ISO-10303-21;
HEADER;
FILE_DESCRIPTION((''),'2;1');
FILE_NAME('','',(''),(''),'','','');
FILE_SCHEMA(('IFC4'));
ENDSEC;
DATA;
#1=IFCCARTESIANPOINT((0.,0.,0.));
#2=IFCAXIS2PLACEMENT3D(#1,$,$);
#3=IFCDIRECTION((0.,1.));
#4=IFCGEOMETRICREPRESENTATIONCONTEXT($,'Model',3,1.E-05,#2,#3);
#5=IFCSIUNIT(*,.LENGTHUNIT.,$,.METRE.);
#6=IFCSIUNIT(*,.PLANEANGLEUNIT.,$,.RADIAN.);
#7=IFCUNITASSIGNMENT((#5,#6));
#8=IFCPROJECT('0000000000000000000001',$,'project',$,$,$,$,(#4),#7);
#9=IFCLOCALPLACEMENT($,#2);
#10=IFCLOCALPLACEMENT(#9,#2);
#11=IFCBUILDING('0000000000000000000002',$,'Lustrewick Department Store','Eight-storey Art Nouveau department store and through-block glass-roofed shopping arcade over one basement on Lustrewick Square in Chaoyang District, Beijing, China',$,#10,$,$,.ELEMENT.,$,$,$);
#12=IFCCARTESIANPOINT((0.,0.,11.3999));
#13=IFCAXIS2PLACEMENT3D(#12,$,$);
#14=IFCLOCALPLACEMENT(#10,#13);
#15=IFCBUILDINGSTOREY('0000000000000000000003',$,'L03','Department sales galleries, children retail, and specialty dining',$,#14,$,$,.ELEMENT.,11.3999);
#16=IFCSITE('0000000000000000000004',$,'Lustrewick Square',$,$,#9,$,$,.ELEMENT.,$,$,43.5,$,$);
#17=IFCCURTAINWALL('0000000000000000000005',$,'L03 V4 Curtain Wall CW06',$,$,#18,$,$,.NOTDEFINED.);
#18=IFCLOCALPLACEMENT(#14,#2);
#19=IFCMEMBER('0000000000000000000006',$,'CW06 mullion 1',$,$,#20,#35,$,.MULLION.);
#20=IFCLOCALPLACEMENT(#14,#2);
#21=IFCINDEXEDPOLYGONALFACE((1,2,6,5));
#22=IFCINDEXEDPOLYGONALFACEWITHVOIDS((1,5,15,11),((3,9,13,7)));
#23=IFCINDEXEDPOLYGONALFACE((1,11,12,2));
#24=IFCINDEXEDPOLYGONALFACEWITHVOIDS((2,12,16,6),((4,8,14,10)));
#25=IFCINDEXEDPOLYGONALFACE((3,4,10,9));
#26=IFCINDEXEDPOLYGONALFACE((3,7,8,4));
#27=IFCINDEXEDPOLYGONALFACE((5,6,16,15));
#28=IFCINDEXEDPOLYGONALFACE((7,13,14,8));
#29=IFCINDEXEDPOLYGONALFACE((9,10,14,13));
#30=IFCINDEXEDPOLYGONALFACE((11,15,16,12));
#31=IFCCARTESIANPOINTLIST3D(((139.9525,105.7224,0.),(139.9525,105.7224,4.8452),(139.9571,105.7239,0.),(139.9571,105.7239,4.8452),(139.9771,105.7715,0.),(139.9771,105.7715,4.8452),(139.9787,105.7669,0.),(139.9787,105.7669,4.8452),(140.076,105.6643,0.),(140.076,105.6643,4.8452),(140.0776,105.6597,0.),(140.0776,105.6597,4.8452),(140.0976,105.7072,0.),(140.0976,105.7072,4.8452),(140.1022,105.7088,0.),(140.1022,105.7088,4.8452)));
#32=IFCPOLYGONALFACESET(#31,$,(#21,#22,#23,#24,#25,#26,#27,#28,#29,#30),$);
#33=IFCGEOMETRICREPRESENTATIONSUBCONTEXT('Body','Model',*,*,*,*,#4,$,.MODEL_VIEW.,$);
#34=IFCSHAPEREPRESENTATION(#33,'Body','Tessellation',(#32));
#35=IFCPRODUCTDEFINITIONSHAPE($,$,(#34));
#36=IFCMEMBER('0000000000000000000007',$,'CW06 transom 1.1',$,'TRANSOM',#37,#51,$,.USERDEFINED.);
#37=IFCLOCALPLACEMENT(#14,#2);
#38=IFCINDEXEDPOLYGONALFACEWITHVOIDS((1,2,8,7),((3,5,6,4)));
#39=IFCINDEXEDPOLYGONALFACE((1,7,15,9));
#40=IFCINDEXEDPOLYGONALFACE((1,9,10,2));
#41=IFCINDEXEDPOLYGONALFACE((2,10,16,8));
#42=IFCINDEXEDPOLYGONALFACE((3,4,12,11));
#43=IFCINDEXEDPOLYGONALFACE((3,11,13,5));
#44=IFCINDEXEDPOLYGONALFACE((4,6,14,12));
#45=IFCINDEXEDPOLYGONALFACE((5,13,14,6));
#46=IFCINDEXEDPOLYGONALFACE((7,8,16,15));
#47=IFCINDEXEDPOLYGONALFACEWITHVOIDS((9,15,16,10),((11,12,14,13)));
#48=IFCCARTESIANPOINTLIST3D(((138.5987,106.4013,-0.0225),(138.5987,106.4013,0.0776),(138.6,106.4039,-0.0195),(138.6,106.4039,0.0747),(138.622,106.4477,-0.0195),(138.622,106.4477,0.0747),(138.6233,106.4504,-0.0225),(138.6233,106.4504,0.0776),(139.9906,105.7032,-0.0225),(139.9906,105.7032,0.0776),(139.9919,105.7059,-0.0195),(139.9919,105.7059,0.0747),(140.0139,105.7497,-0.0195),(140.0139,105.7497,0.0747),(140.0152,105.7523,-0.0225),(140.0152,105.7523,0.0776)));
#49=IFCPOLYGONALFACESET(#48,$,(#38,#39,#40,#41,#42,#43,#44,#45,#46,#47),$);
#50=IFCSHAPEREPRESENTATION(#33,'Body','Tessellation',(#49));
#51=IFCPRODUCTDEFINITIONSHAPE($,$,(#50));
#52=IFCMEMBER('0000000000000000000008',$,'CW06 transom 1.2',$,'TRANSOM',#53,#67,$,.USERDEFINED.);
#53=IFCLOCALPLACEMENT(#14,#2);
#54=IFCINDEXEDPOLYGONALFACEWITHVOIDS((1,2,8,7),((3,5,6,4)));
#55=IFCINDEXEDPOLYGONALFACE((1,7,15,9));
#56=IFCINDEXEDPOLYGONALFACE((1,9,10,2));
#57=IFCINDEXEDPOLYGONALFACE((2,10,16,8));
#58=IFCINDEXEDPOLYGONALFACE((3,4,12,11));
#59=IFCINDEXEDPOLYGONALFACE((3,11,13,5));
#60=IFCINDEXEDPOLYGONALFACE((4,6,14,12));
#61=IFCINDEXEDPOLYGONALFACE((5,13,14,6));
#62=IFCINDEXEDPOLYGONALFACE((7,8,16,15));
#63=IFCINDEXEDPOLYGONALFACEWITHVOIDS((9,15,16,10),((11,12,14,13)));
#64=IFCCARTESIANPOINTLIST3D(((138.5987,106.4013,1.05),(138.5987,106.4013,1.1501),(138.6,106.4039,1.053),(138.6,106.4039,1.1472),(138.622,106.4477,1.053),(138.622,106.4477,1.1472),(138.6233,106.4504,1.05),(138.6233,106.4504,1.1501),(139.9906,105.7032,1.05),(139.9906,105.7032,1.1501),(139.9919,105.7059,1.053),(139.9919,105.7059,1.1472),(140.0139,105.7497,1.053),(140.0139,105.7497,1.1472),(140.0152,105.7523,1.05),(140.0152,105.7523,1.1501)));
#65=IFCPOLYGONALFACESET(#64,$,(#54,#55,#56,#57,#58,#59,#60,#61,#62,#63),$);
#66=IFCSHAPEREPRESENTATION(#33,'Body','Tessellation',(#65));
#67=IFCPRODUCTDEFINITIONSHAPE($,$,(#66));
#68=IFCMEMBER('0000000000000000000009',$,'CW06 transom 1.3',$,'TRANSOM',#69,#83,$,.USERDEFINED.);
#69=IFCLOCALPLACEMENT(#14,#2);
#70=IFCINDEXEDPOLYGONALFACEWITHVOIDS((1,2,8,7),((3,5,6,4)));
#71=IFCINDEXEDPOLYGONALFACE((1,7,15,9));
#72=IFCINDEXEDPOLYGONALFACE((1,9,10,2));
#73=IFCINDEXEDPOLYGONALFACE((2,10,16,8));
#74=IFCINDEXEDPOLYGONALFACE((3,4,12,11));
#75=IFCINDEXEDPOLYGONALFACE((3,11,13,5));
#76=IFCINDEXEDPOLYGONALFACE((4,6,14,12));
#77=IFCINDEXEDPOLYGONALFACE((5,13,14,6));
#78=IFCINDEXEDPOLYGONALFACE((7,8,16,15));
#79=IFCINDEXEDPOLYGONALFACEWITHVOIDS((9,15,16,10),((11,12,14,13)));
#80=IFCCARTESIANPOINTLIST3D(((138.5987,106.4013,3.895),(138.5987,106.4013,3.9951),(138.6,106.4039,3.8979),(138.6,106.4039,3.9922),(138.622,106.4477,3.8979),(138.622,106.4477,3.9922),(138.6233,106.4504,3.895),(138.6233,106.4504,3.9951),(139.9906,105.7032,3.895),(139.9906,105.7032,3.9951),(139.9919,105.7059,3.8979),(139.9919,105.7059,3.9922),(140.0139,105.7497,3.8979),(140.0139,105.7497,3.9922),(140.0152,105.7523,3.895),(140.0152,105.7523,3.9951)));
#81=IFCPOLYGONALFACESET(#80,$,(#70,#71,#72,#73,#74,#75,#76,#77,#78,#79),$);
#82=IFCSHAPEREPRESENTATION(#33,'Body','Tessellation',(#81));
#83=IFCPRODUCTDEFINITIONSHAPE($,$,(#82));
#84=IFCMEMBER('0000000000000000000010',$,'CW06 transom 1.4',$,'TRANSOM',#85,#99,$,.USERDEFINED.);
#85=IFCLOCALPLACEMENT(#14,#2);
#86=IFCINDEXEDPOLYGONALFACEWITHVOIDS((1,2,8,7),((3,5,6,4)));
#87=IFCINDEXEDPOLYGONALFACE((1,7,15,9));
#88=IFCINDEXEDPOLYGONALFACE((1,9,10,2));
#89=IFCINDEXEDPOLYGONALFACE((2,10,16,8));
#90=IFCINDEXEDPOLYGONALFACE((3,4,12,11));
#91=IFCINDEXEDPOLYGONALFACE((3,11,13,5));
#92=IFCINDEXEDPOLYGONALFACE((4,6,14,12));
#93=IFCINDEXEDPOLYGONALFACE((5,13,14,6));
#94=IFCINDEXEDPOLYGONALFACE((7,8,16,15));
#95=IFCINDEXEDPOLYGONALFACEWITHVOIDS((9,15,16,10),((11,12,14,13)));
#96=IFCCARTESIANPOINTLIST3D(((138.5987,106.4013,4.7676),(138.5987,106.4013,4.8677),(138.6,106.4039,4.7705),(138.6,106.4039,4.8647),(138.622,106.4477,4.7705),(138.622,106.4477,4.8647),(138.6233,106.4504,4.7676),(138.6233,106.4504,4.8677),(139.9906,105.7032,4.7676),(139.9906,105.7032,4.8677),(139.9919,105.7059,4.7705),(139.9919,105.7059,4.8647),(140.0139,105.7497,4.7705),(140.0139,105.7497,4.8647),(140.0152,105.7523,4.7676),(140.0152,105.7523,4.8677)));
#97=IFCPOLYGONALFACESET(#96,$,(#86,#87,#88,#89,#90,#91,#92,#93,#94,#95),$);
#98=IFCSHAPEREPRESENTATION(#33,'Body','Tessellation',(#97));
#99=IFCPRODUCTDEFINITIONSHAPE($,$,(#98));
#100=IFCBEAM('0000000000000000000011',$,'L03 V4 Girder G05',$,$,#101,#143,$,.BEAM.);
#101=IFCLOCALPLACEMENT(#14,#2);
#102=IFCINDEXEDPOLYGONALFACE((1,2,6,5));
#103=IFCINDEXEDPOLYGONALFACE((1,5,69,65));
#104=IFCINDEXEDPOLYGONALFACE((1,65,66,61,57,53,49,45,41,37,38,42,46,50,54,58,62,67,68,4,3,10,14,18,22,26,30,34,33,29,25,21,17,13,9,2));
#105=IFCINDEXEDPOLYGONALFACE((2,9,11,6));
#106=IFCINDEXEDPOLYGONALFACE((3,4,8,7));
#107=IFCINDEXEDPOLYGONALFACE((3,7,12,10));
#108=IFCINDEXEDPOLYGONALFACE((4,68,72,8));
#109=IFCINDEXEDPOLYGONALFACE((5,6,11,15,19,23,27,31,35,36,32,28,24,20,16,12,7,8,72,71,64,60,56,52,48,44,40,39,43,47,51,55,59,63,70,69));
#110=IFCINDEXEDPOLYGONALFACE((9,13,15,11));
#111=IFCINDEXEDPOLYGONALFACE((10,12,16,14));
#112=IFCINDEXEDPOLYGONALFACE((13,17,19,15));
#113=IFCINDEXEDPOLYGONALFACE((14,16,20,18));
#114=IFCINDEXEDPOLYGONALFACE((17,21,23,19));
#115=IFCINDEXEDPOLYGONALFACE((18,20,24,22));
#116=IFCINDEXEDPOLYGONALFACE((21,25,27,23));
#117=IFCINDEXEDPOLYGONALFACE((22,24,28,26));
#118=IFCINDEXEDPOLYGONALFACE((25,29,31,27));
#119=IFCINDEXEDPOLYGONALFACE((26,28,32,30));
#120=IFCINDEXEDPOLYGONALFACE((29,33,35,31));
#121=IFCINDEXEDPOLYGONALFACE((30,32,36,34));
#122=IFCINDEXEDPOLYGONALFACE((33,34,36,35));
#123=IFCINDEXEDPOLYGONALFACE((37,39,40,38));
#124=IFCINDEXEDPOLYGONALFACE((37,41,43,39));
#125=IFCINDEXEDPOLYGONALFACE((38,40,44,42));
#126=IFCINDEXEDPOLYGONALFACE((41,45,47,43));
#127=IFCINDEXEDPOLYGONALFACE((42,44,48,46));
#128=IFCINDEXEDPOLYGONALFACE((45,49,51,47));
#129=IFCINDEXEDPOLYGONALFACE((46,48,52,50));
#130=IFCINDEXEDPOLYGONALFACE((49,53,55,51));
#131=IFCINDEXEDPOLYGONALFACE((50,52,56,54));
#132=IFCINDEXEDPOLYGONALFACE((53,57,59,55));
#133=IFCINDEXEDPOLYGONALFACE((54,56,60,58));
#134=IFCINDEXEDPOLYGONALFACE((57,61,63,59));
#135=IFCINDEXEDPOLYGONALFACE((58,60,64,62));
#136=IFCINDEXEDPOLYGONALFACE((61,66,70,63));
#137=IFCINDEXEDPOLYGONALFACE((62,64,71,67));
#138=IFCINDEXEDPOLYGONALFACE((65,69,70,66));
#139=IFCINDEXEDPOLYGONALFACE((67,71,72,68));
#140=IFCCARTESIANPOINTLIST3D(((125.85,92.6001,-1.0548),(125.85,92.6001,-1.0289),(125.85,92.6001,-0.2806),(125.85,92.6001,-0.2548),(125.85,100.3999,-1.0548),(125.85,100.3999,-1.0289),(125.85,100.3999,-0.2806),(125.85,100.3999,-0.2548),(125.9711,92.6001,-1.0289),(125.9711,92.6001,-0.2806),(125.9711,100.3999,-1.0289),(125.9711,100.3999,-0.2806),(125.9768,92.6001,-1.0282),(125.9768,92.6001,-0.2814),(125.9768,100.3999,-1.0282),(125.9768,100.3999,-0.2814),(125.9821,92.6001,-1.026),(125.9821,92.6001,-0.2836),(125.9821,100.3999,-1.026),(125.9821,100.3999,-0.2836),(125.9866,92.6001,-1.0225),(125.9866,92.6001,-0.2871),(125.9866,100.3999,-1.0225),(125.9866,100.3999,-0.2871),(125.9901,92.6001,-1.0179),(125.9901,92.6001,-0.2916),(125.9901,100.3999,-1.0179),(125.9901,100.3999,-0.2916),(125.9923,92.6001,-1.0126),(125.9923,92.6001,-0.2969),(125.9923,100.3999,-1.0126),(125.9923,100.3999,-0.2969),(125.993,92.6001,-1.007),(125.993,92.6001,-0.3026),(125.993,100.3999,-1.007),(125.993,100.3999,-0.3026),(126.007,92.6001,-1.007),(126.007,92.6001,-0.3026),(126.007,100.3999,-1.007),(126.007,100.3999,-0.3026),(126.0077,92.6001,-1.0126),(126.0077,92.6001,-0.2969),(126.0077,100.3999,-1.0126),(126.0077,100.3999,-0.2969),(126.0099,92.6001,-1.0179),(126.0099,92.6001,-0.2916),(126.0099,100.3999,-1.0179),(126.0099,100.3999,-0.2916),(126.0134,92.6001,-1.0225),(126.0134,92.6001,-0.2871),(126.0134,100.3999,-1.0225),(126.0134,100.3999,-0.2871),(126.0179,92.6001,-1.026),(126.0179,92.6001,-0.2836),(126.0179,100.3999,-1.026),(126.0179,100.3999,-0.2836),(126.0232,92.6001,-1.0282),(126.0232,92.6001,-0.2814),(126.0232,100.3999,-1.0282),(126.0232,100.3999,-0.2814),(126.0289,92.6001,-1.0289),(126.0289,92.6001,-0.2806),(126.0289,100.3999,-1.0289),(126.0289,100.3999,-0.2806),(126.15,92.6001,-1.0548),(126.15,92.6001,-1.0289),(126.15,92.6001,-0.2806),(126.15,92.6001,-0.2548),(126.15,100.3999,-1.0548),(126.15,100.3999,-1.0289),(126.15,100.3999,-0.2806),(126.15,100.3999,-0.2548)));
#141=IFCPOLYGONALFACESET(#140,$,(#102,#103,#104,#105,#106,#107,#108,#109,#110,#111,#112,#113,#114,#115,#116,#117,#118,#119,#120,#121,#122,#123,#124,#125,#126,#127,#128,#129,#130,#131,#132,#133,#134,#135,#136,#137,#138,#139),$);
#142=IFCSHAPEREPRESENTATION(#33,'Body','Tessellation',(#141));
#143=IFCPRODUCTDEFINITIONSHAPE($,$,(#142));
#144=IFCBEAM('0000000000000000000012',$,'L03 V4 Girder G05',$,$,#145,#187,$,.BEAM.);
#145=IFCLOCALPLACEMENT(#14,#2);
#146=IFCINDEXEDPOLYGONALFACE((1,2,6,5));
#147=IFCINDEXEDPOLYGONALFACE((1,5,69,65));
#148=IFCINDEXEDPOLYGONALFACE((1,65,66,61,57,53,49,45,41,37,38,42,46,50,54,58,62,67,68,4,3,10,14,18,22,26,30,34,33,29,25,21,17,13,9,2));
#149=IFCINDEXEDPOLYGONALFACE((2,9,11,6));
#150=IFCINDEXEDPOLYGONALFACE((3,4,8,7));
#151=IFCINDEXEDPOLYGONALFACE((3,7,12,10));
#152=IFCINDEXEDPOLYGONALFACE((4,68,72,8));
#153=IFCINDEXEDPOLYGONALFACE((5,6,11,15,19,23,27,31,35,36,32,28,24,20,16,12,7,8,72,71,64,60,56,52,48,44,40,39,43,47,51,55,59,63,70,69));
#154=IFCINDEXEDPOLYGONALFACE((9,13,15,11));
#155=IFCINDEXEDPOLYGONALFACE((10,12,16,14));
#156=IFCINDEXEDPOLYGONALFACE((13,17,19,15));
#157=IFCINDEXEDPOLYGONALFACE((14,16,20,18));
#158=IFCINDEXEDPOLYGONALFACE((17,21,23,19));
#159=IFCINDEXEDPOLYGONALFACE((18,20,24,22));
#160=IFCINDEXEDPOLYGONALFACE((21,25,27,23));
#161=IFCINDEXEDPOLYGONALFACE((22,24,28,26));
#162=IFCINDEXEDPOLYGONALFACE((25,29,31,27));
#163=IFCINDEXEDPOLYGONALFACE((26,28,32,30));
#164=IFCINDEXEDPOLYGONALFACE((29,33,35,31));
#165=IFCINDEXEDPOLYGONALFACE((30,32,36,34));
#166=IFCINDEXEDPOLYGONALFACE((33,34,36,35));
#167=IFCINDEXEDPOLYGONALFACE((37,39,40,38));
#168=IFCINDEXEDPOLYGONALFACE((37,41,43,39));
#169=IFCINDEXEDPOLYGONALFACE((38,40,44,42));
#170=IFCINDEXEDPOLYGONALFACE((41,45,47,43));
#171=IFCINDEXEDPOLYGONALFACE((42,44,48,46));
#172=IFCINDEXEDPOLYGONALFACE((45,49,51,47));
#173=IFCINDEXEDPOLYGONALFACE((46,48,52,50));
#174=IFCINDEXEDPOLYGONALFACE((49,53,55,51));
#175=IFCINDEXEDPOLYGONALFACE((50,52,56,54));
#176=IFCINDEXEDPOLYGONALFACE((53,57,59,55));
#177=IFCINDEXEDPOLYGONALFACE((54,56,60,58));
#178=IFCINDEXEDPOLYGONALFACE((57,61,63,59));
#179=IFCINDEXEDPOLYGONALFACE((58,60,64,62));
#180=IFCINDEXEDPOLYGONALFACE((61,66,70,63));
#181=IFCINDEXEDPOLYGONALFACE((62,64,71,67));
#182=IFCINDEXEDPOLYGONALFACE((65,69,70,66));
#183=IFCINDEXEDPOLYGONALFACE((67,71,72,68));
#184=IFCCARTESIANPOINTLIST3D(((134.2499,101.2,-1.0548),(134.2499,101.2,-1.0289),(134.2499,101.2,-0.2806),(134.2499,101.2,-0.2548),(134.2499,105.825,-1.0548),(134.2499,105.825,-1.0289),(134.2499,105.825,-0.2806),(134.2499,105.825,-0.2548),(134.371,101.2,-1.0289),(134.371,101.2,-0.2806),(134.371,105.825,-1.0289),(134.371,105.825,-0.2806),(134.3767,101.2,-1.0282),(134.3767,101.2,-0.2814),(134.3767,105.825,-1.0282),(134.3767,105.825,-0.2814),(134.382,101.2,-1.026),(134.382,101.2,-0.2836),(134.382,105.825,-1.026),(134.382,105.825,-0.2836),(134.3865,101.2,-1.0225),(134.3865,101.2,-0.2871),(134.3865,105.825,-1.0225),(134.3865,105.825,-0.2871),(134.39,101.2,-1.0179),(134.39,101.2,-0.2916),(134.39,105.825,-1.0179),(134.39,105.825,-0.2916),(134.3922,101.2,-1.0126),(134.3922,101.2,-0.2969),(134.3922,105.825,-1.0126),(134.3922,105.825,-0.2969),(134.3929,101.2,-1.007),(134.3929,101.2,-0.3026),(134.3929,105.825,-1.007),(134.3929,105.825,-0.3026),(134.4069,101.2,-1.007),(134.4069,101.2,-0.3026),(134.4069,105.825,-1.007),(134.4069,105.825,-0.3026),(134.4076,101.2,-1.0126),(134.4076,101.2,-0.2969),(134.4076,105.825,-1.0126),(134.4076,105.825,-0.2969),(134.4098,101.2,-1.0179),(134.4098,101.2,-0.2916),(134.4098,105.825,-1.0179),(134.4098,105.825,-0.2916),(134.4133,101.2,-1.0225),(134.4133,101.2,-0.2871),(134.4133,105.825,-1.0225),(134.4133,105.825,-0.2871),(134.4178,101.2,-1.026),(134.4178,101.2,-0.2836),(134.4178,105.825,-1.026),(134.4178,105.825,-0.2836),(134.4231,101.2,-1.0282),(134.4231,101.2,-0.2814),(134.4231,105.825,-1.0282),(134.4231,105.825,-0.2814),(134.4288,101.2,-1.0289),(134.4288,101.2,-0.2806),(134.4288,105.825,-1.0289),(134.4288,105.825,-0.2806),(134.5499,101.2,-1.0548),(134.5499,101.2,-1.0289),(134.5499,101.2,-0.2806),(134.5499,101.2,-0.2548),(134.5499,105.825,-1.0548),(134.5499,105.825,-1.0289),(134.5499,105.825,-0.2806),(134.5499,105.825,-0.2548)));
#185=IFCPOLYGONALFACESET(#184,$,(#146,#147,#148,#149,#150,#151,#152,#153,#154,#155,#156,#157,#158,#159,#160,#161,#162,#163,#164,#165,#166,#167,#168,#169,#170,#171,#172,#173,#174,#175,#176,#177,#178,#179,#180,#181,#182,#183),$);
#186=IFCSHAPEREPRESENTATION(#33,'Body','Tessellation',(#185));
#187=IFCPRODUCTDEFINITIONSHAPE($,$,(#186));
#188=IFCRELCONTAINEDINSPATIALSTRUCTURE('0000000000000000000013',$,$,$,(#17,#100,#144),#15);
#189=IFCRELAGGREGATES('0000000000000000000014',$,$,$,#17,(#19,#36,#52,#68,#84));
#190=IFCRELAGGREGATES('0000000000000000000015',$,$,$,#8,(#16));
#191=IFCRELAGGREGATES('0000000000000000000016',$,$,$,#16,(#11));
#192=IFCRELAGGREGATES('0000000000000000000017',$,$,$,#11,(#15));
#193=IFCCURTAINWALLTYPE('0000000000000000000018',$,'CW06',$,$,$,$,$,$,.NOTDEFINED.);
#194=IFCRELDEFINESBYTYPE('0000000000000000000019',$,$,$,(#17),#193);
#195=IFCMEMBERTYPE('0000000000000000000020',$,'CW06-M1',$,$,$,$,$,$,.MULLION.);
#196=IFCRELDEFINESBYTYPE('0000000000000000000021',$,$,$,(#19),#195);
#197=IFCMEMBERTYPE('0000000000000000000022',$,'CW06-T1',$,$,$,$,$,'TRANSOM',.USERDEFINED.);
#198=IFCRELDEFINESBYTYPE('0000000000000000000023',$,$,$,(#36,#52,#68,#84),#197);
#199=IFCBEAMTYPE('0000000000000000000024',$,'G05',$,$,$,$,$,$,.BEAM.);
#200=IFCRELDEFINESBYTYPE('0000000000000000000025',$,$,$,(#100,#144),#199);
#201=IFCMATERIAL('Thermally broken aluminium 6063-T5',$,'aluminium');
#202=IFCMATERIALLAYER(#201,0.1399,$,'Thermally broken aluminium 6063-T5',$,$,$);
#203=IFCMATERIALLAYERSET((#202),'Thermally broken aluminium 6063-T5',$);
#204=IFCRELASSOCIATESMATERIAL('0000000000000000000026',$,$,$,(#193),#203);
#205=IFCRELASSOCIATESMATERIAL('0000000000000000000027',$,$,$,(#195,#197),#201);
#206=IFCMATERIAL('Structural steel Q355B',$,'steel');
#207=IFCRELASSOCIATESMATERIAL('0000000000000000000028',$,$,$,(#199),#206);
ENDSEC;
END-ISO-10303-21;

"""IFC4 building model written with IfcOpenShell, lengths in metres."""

from ifc_helpers import new_model, si_unit, direction, frame, origin, origin_2d, place, context, subcontext, project, spatial, hollow_rectangle, i_section, extrude, material, layer, layer_set, material_profile, profile_set, type_object, element, aggregate, save


model = new_model("IFC4")

# Units and contexts
model_context = context("Model", 3, precision=1e-05, world=origin(), true_north=direction((0.0, 1.0)))
body_context = subcontext(model_context, "Body", "Model", "MODEL_VIEW")
ifc_project = project(units=[si_unit("LENGTHUNIT", "METRE"), si_unit("PLANEANGLEUNIT", "RADIAN")], contexts=[model_context])

# Site, building, storey
site_placement = place(None, origin())
site = spatial("IfcSite", under=ifc_project, at=site_placement, Name="Lustrewick Square", CompositionType="ELEMENT", RefElevation=43.5)
building_placement = place(site_placement, origin())
building = spatial("IfcBuilding", under=site, at=building_placement, Name="Lustrewick Department Store", Description="Eight-storey Art Nouveau department store and through-block glass-roofed shopping arcade over one basement on Lustrewick Square in Chaoyang District, Beijing, China", CompositionType="ELEMENT")
storey_placement = place(building_placement, frame((0.0, 0.0, 11.3999)))
storey = spatial("IfcBuildingStorey", under=building, at=storey_placement, Name="L03", Description="Department sales galleries, children retail, and specialty dining", CompositionType="ELEMENT", Elevation=11.3999)

# Shared definitions
ifc_material_1 = material(Name="Structural steel Q355B", Category="steel")

# Curtain wall, members
ifc_material_2 = material(Name="Thermally broken aluminium 6063-T5", Category="aluminium")
ifc_layer_1 = layer(ifc_material_2, 0.1399, Name="Thermally broken aluminium 6063-T5")
ifc_layer_set_1 = layer_set([ifc_layer_1], Name="Thermally broken aluminium 6063-T5")
curtain_wall_type = type_object("IfcCurtainWallType", Name="CW06", PredefinedType="NOTDEFINED", material=ifc_layer_set_1)
curtain_wall_placement = place(storey_placement, origin())
curtain_wall = element("IfcCurtainWall", 1, at=curtain_wall_placement, inside=storey, type_object=curtain_wall_type, Name="L03 V4 Curtain Wall CW06", PredefinedType="NOTDEFINED")
ifc_material_profile_1 = material_profile(ifc_material_2, hollow_rectangle(XDim=0.0549, YDim=0.1399, WallThickness=0.0034, at=origin_2d()), Name="ALU-M 55x140x3.5")
ifc_profile_set_1 = profile_set([ifc_material_profile_1], Name="Thermally broken aluminium 6063-T5")
member_type_1 = type_object("IfcMemberType", Name="CW06-M1", PredefinedType="MULLION", material=ifc_profile_set_1)
member_1_placement = place(storey_placement, frame((140.0273, 105.7156, 0.0), z_axis=(0.0, 0.0, 1.0), x_axis=(-0.448269, -0.893899, 0.0)))
member_1 = element("IfcMember", 2, at=member_1_placement, type_object=member_type_1, Name="CW06 mullion 1", PredefinedType="MULLION", context=body_context, shape_type="SweptSolid", body=[
    extrude(hollow_rectangle(XDim=0.0549, YDim=0.1399, WallThickness=0.0034, at=origin_2d()), origin(), (0.0, 0.0, 1.0), 4.8452),
])
ifc_material_profile_2 = material_profile(ifc_material_2, hollow_rectangle(XDim=0.0549, YDim=0.1001, WallThickness=0.0029, at=origin_2d()), Name="ALU-T 55x100x3")
ifc_profile_set_2 = profile_set([ifc_material_profile_2], Name="Thermally broken aluminium 6063-T5")
member_type_2 = type_object("IfcMemberType", Name="CW06-T1", ElementType="TRANSOM", PredefinedType="USERDEFINED", material=ifc_profile_set_2)
member_2_placement = place(storey_placement, frame((140.0029, 105.7278, 0.0276), z_axis=(-0.893893, 0.448279, 0.0), x_axis=(-0.448279, -0.893893, 0.0)))
member_2 = element("IfcMember", 3, at=member_2_placement, type_object=member_type_2, Name="CW06 transom 1.1", ObjectType="TRANSOM", PredefinedType="USERDEFINED", context=body_context, shape_type="SweptSolid", body=[
    extrude(hollow_rectangle(XDim=0.0549, YDim=0.1001, WallThickness=0.0029, at=origin_2d()), origin(), (0.0, 0.0, 1.0), 1.5571),
])
member_3_placement = place(storey_placement, frame((140.0029, 105.7278, 1.1001), z_axis=(-0.893893, 0.448279, 0.0), x_axis=(-0.448279, -0.893893, 0.0)))
member_3 = element("IfcMember", 4, at=member_3_placement, type_object=member_type_2, Name="CW06 transom 1.2", ObjectType="TRANSOM", PredefinedType="USERDEFINED", context=body_context, shape_type="SweptSolid", body=[
    extrude(hollow_rectangle(XDim=0.0549, YDim=0.1001, WallThickness=0.0029, at=origin_2d()), origin(), (0.0, 0.0, 1.0), 1.5571),
])
member_4_placement = place(storey_placement, frame((140.0029, 105.7278, 3.9451), z_axis=(-0.893893, 0.448279, 0.0), x_axis=(-0.448279, -0.893893, 0.0)))
member_4 = element("IfcMember", 5, at=member_4_placement, type_object=member_type_2, Name="CW06 transom 1.3", ObjectType="TRANSOM", PredefinedType="USERDEFINED", context=body_context, shape_type="SweptSolid", body=[
    extrude(hollow_rectangle(XDim=0.0549, YDim=0.1001, WallThickness=0.0029, at=origin_2d()), origin(), (0.0, 0.0, 1.0), 1.5571),
])
member_5_placement = place(storey_placement, frame((140.0029, 105.7278, 4.8176), z_axis=(-0.893893, 0.448279, 0.0), x_axis=(-0.448279, -0.893893, 0.0)))
member_5 = element("IfcMember", 6, at=member_5_placement, type_object=member_type_2, Name="CW06 transom 1.4", ObjectType="TRANSOM", PredefinedType="USERDEFINED", context=body_context, shape_type="SweptSolid", body=[
    extrude(hollow_rectangle(XDim=0.0549, YDim=0.1001, WallThickness=0.0029, at=origin_2d()), origin(), (0.0, 0.0, 1.0), 1.5571),
])

# Beams
ifc_material_profile_3 = material_profile(ifc_material_1, i_section(OverallWidth=0.3, OverallDepth=0.8, WebThickness=0.0139, FlangeThickness=0.0259, FilletRadius=0.022, at=origin_2d()), Name="HN 800x300x14x26")
ifc_profile_set_3 = profile_set([ifc_material_profile_3], Name="Structural steel Q355B")
beam_type_1 = type_object("IfcBeamType", Name="G05", PredefinedType="BEAM", material=ifc_profile_set_3)
beam_1_placement = place(storey_placement, frame((126.0, 92.6001, -0.6548), z_axis=(0.0, 1.0, 0.0), x_axis=(-1.0, 0.0, 0.0)))
element("IfcBeam", 7, at=beam_1_placement, inside=storey, type_object=beam_type_1, Name="L03 V4 Girder G05", PredefinedType="BEAM", context=body_context, shape_type="SweptSolid", body=[
    extrude(i_section(OverallWidth=0.3, OverallDepth=0.8, WebThickness=0.0139, FlangeThickness=0.0259, FilletRadius=0.022, at=origin_2d()), origin(), (0.0, 0.0, 1.0), 7.7998),
])
beam_2_placement = place(storey_placement, frame((134.3999, 101.2, -0.6548), z_axis=(0.0, 1.0, 0.0), x_axis=(-1.0, 0.0, 0.0)))
element("IfcBeam", 8, at=beam_2_placement, inside=storey, type_object=beam_type_1, Name="L03 V4 Girder G05", PredefinedType="BEAM", context=body_context, shape_type="SweptSolid", body=[
    extrude(i_section(OverallWidth=0.3, OverallDepth=0.8, WebThickness=0.0139, FlangeThickness=0.0259, FilletRadius=0.022, at=origin_2d()), origin(), (0.0, 0.0, 1.0), 4.625),
])

aggregate(curtain_wall, [member_1, member_2, member_3, member_4, member_5])

save(model, "model.ifc")
